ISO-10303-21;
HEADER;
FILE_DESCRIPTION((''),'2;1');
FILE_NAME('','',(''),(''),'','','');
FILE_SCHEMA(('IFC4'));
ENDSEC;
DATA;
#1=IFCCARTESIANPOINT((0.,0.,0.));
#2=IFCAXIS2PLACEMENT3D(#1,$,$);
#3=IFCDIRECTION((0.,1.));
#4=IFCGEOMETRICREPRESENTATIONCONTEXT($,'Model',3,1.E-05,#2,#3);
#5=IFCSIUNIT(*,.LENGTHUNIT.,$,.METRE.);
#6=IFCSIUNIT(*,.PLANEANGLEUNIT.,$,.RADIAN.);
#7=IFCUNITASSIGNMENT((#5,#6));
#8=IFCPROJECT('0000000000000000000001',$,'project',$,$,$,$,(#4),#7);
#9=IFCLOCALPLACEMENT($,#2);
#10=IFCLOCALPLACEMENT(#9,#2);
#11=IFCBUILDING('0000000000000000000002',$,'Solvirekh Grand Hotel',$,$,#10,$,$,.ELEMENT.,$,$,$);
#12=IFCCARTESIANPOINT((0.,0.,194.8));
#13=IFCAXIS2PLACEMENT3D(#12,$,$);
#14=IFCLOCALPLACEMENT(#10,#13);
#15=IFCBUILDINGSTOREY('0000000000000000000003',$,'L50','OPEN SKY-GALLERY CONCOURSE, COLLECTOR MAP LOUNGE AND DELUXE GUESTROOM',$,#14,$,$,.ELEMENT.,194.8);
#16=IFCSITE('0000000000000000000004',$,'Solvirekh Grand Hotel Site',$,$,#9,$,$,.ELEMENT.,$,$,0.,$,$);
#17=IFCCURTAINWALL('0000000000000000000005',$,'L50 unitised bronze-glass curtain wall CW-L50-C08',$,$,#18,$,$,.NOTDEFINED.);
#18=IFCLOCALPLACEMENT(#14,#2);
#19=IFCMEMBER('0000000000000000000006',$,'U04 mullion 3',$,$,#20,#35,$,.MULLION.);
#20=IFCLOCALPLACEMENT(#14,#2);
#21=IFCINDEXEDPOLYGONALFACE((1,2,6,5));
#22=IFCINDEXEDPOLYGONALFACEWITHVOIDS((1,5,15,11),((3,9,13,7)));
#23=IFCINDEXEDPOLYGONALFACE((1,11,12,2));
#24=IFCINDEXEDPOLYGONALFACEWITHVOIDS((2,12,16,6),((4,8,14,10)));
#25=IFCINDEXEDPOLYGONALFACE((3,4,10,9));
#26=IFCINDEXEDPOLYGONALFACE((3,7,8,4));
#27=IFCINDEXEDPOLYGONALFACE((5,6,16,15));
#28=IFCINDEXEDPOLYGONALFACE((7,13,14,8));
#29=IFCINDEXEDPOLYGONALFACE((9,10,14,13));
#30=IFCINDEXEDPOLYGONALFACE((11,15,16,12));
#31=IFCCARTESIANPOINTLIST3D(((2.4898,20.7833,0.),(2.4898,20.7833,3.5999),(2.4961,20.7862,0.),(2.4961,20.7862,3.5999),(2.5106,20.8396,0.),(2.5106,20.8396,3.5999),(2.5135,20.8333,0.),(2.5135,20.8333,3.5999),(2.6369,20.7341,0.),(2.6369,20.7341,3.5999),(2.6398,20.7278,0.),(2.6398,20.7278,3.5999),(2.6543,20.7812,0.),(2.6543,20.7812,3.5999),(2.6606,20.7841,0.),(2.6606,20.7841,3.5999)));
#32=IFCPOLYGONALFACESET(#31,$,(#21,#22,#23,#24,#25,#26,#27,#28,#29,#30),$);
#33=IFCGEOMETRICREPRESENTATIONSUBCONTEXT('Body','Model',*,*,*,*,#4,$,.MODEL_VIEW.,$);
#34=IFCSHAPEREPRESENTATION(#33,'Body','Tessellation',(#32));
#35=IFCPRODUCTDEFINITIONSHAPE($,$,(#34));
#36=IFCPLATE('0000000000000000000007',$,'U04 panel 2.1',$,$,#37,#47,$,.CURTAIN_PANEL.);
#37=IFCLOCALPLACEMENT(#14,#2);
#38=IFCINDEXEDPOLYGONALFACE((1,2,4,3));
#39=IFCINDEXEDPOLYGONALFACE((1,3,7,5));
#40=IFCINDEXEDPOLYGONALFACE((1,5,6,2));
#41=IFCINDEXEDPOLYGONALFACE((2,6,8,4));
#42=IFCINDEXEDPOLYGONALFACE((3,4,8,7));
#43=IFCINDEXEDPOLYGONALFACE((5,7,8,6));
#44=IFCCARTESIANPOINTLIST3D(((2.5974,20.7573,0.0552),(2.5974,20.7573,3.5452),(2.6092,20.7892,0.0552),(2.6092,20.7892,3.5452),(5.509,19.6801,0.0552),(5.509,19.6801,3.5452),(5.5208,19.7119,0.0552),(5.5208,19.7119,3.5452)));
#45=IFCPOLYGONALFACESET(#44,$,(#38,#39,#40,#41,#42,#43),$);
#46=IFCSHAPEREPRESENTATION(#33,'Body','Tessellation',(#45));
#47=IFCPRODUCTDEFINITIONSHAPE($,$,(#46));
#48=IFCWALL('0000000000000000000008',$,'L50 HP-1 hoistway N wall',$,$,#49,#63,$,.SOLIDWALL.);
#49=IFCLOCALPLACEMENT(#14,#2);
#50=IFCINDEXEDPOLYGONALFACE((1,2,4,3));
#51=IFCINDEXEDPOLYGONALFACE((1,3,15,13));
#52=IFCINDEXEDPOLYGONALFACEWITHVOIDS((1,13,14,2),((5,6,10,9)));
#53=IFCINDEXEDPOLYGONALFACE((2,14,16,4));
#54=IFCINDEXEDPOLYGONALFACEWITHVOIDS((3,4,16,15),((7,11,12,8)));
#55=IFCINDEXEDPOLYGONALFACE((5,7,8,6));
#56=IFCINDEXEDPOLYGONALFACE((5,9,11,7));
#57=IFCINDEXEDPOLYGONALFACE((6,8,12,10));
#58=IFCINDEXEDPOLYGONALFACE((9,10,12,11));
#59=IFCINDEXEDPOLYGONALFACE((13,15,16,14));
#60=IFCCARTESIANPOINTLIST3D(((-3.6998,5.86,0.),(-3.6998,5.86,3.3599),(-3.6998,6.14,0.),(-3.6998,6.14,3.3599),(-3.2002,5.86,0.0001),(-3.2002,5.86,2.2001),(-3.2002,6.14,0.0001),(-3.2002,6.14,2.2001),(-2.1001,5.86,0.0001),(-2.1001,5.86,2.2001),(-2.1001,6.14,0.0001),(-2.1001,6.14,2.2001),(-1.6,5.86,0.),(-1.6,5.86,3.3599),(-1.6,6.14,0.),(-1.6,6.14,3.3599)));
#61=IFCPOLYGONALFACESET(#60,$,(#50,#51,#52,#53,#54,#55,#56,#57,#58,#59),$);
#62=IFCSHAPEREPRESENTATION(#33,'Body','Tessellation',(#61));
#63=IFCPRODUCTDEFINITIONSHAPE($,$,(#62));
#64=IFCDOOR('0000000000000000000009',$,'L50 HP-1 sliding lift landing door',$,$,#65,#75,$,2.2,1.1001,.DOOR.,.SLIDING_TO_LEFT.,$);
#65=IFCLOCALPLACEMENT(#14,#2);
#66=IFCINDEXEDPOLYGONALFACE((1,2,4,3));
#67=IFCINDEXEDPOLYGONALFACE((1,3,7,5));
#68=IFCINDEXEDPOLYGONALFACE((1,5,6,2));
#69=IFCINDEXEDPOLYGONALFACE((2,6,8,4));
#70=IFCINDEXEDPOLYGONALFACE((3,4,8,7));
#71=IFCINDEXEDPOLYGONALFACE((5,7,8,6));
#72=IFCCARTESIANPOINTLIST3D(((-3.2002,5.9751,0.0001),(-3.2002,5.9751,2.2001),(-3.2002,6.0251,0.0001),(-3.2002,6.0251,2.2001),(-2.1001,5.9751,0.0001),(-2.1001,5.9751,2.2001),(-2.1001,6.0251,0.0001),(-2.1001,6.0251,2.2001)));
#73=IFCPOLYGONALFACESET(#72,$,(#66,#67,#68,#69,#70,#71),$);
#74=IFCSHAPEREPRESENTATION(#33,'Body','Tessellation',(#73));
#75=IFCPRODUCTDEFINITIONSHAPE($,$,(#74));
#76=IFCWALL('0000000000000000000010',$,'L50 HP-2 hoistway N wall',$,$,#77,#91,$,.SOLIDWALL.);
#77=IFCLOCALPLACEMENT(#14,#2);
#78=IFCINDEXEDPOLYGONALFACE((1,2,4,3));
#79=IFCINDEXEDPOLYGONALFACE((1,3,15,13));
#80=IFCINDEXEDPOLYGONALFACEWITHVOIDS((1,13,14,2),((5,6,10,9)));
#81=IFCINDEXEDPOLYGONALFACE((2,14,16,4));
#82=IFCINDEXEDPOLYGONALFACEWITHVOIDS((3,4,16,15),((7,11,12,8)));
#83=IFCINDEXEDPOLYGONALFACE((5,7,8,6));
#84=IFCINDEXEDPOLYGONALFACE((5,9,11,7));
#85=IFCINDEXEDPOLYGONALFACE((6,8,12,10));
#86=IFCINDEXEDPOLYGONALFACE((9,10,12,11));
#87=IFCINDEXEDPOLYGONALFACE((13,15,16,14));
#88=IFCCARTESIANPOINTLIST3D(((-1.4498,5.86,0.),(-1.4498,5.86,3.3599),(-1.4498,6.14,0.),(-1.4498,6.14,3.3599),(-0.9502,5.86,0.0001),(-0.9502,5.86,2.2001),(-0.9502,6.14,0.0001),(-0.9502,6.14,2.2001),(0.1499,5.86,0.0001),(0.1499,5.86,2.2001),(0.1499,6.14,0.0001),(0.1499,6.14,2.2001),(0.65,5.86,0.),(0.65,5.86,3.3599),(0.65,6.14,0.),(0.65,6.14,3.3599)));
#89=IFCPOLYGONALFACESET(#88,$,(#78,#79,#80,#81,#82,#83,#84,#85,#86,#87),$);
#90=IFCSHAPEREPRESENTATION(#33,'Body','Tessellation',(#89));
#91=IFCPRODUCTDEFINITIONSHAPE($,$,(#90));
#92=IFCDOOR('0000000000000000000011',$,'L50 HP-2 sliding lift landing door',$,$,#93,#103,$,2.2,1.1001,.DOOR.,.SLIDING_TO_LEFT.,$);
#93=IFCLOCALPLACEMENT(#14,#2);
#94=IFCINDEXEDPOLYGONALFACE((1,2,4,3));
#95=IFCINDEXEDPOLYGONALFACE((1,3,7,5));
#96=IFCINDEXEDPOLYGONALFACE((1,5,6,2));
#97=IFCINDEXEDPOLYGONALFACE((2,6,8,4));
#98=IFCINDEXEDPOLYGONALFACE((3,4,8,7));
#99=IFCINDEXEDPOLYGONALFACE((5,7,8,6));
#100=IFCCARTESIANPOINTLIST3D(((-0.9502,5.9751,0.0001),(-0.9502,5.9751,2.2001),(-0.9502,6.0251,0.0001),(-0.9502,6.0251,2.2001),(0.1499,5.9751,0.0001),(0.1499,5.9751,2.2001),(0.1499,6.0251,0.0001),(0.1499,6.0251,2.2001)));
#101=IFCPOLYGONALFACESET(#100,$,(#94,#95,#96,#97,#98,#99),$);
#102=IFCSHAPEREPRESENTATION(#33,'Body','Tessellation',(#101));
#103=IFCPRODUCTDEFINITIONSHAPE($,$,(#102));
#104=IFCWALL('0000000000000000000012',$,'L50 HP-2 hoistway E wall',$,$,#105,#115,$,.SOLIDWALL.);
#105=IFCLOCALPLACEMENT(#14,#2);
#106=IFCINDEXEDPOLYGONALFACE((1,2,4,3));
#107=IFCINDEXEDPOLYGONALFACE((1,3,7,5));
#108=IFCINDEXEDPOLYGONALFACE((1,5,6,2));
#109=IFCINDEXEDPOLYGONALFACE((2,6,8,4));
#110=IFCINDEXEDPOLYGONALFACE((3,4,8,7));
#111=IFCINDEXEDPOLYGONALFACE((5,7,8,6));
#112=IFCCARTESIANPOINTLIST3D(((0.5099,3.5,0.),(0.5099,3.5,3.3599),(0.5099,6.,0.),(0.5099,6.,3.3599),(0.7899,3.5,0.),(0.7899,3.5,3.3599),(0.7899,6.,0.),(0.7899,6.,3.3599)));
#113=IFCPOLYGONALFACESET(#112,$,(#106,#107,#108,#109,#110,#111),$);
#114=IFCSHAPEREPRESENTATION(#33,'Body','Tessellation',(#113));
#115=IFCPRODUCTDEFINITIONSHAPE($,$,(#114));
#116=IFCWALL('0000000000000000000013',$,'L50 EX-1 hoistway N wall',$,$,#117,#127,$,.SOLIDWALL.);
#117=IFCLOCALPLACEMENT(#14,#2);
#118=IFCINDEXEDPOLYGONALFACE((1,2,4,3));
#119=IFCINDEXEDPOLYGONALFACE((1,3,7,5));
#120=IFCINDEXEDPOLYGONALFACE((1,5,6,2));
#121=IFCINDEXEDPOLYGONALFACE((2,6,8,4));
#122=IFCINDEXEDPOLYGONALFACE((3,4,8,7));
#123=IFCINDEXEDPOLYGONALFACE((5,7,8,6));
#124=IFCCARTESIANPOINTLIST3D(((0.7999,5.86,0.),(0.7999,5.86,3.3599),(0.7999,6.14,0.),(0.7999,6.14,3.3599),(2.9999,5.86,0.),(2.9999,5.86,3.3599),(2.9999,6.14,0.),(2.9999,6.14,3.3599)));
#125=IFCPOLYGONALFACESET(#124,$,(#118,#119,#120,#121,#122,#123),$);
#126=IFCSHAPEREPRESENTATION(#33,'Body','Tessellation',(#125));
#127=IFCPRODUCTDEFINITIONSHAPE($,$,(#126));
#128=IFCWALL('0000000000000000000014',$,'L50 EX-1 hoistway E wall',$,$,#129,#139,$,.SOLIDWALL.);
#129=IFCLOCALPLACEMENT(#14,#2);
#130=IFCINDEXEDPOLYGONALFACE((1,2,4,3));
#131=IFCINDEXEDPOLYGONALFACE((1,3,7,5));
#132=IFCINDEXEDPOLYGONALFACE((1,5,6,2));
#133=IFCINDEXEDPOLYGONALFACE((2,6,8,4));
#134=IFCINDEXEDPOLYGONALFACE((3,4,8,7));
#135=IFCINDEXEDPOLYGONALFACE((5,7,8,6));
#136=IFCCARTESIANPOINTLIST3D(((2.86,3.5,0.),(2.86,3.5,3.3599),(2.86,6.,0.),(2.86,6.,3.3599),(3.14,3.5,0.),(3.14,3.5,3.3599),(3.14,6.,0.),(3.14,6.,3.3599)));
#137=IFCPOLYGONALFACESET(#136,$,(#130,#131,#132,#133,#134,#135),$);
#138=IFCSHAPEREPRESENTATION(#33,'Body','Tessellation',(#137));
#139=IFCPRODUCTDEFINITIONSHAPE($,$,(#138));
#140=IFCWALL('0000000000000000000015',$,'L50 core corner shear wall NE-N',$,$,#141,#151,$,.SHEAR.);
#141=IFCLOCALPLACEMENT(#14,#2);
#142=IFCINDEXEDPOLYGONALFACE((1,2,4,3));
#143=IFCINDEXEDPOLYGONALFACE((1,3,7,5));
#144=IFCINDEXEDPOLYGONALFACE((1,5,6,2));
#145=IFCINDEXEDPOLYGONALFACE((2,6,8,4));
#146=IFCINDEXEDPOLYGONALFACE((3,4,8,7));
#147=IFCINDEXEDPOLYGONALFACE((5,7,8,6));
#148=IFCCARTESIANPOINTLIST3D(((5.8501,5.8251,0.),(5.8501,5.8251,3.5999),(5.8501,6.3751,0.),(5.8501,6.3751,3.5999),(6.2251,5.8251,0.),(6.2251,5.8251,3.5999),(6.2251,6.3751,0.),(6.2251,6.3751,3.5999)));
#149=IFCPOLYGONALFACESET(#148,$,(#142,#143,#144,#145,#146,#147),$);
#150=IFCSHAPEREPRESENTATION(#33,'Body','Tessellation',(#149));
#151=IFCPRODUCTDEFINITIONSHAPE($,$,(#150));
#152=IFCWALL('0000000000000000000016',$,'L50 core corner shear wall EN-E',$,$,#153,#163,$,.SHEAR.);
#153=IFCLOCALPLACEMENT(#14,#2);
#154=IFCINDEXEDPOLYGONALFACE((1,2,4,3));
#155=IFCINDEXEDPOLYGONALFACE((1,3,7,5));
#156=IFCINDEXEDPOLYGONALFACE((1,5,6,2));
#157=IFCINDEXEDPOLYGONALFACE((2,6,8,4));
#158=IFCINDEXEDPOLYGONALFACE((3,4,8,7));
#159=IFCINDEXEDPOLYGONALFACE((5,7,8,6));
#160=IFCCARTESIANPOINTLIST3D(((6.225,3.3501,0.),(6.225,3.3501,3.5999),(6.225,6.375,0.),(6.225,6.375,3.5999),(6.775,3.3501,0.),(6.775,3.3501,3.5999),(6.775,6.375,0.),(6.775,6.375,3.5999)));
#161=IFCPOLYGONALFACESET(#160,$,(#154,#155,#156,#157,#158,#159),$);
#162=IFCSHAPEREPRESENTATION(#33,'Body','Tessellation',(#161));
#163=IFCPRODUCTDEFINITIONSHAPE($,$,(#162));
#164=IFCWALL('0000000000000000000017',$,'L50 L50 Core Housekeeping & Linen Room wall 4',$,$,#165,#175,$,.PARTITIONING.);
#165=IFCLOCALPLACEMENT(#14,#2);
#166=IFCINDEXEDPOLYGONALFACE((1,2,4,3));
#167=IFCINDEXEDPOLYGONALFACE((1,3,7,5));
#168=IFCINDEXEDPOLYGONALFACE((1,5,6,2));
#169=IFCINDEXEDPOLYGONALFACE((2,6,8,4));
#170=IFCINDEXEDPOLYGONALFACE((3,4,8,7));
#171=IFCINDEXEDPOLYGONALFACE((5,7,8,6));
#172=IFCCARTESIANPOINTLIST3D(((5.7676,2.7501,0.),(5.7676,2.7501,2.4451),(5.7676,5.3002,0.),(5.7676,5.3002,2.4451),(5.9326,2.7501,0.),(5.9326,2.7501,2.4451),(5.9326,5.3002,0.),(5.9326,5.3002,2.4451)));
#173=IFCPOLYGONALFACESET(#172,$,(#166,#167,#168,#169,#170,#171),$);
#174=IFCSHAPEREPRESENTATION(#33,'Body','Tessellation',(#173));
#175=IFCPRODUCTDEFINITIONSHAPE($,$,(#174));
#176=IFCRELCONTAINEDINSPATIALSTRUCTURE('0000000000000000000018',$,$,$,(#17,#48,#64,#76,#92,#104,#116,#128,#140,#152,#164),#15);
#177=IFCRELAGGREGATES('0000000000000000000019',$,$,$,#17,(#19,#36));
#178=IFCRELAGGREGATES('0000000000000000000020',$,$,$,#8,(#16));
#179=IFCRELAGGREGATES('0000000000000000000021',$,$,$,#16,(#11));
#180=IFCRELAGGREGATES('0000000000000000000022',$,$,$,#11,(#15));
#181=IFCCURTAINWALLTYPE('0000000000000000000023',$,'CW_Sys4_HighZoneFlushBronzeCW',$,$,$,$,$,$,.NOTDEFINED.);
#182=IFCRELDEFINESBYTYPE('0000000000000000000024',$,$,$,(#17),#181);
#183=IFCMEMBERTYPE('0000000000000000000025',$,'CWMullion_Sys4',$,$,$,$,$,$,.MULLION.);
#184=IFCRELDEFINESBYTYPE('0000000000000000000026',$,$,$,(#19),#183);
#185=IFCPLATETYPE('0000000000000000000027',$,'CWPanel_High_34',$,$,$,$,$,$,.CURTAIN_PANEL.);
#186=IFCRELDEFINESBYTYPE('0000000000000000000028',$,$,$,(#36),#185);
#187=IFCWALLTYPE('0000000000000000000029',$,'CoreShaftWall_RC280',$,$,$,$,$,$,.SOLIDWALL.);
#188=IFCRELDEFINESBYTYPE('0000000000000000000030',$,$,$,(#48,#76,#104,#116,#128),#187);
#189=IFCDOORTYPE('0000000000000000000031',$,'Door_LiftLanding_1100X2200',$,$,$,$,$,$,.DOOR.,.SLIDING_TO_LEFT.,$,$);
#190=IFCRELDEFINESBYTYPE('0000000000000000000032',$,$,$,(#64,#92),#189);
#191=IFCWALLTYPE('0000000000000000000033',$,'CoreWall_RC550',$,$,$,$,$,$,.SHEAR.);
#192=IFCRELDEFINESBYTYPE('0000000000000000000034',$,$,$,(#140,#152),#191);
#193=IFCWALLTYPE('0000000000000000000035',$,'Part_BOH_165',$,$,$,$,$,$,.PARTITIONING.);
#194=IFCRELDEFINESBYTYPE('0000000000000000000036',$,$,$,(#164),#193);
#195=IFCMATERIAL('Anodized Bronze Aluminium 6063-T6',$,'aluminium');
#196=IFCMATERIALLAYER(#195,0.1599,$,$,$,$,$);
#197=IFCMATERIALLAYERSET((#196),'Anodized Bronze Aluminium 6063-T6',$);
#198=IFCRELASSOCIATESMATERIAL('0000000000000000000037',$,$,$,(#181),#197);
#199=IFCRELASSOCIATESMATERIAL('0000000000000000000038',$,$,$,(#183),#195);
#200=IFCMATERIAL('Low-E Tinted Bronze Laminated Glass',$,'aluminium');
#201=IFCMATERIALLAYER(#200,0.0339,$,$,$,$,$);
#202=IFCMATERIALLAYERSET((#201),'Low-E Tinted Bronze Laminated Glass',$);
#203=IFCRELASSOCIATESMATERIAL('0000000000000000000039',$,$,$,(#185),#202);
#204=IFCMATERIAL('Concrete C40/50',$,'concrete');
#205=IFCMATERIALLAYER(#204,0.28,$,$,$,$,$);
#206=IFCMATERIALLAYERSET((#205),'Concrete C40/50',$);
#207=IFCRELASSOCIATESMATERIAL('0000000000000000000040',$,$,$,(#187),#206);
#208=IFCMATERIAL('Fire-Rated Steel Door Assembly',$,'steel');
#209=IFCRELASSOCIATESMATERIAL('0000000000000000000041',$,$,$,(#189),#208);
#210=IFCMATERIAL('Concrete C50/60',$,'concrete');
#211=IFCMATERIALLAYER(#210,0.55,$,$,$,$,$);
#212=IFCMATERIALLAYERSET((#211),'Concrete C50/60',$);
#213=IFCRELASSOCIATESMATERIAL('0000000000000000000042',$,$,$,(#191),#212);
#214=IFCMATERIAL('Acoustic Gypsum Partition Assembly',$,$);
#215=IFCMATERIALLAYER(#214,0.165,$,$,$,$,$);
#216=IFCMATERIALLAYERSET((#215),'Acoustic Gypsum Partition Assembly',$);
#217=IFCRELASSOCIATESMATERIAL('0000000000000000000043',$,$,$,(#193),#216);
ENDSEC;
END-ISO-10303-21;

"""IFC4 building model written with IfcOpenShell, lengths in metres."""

from ifc_helpers import new_model, si_unit, direction, frame, frame_2d, origin, origin_2d, place, context, subcontext, project, spatial, rectangle, hollow_rectangle, extrude, source, transform, mapped, material, layer, layer_set, material_profile, profile_set, type_object, element, fill, aggregate, save


model = new_model("IFC4")

# Units and contexts
model_context = context("Model", 3, precision=1e-05, world=origin(), true_north=direction((0.0, 1.0)))
body_context = subcontext(model_context, "Body", "Model", "MODEL_VIEW")
ifc_project = project(units=[si_unit("LENGTHUNIT", "METRE"), si_unit("PLANEANGLEUNIT", "RADIAN")], contexts=[model_context])

# Site, building, storey
site_placement = place(None, origin())
site = spatial("IfcSite", under=ifc_project, at=site_placement, Name="Solvirekh Grand Hotel Site", CompositionType="ELEMENT", RefElevation=0.0)
building_placement = place(site_placement, origin())
building = spatial("IfcBuilding", under=site, at=building_placement, Name="Solvirekh Grand Hotel", CompositionType="ELEMENT")
storey_placement = place(building_placement, frame((0.0, 0.0, 194.8)))
storey = spatial("IfcBuildingStorey", under=building, at=storey_placement, Name="L50", Description="OPEN SKY-GALLERY CONCOURSE, COLLECTOR MAP LOUNGE AND DELUXE GUESTROOM", CompositionType="ELEMENT", Elevation=194.8)

# Shared definitions
ifc_material_1 = material(Name="Concrete C50/60", Category="concrete")

# Curtain wall, member, plate
ifc_material_2 = material(Name="Anodized Bronze Aluminium 6063-T6", Category="aluminium")
ifc_layer_1 = layer(ifc_material_2, 0.1599)
ifc_layer_set_1 = layer_set([ifc_layer_1], Name="Anodized Bronze Aluminium 6063-T6")
curtain_wall_type = type_object("IfcCurtainWallType", Name="CW_Sys4_HighZoneFlushBronzeCW", PredefinedType="NOTDEFINED", material=ifc_layer_set_1)
curtain_wall_placement = place(storey_placement, origin())
curtain_wall = element("IfcCurtainWall", 1, at=curtain_wall_placement, inside=storey, type_object=curtain_wall_type, Name="L50 unitised bronze-glass curtain wall CW-L50-C08", PredefinedType="NOTDEFINED")
ifc_material_profile_1 = material_profile(ifc_material_2, hollow_rectangle(XDim=0.0601, YDim=0.1599, WallThickness=0.0049, at=origin_2d()), Name="ALU RHS 160X60X5")
ifc_profile_set_1 = profile_set([ifc_material_profile_1], Name="Anodized Bronze Aluminium 6063-T6")
member_type_1 = type_object("IfcMemberType", Name="CWMullion_Sys4", PredefinedType="MULLION", material=ifc_profile_set_1)
shared_shape_1 = source(origin(), body_context, "Body", "SweptSolid", [
    extrude(hollow_rectangle(XDim=0.0601, YDim=0.1599, WallThickness=0.0049, at=origin_2d()), origin(), (0.0, 0.0, 1.0), 3.5999),
])
member_1_placement = place(storey_placement, frame((2.5752, 20.7837, 0.0), z_axis=(0.0, 0.0, 1.0), x_axis=(-0.347003, -0.937864, 0.0)))
member_1 = element("IfcMember", 2, at=member_1_placement, type_object=member_type_1, Name="U04 mullion 3", PredefinedType="MULLION", context=body_context, shape_type="MappedRepresentation", body=[
    mapped(shared_shape_1, transform((0.0, 0.0, 0.0), x_axis=(1.0, 0.0, 0.0), y_axis=(0.0, 1.0, 0.0), z_axis=(0.0, 0.0, 1.0), scale=1.0)),
])
ifc_material_3 = material(Name="Low-E Tinted Bronze Laminated Glass", Category="aluminium")
ifc_layer_2 = layer(ifc_material_3, 0.0339)
ifc_layer_set_2 = layer_set([ifc_layer_2], Name="Low-E Tinted Bronze Laminated Glass")
plate_type = type_object("IfcPlateType", Name="CWPanel_High_34", PredefinedType="CURTAIN_PANEL", material=ifc_layer_set_2)
shared_shape_2 = source(origin(), body_context, "Body", "SweptSolid", [
    extrude(rectangle(XDim=3.1045, YDim=0.0339, at=origin_2d()), origin(), (0.0, 0.0, 1.0), 3.49),
])
plate_placement = place(storey_placement, frame((4.0591, 20.2346, 0.0552), z_axis=(0.0, 0.0, 1.0), x_axis=(-0.937864, 0.347003, 0.0)))
plate = element("IfcPlate", 3, at=plate_placement, type_object=plate_type, Name="U04 panel 2.1", PredefinedType="CURTAIN_PANEL", context=body_context, shape_type="MappedRepresentation", body=[
    mapped(shared_shape_2, transform((0.0, 0.0, 0.0), x_axis=(1.0, 0.0, 0.0), y_axis=(0.0, 1.0, 0.0), z_axis=(0.0, 0.0, 1.0), scale=1.0)),
])
aggregate(curtain_wall, [member_1, plate])

# Walls, openings, doors
ifc_material_4 = material(Name="Concrete C40/50", Category="concrete")
ifc_layer_3 = layer(ifc_material_4, 0.28)
ifc_layer_set_3 = layer_set([ifc_layer_3], Name="Concrete C40/50")
wall_type_1 = type_object("IfcWallType", Name="CoreShaftWall_RC280", PredefinedType="SOLIDWALL", material=ifc_layer_set_3)
wall_1_placement = place(storey_placement, frame((-1.6001, 6.0, 0.0), z_axis=(0.0, 0.0, 1.0), x_axis=(-1.0, 0.0, 0.0)))
wall_1 = element("IfcWall", 4, at=wall_1_placement, inside=storey, type_object=wall_type_1, Name="L50 HP-1 hoistway N wall", PredefinedType="SOLIDWALL", context=body_context, shape_type="SweptSolid", body=[
    extrude(rectangle(XDim=2.0999, YDim=0.28, at=frame_2d((1.0498, 0.0))), origin(), (0.0, 0.0, 1.0), 3.3599),
])
opening_1_placement = place(wall_1_placement, frame((0.5, 0.0, 0.0)))
opening_1 = element("IfcOpeningElement", 5, at=opening_1_placement, cuts=wall_1, PredefinedType="OPENING", context=body_context, shape_type="SweptSolid", body=[
    extrude(rectangle(XDim=1.1001, YDim=2.2, at=frame_2d((0.55, 1.1001))), frame((0.0, 0.1499, 0.0), z_axis=(0.0, -1.0, 0.0), x_axis=(1.0, 0.0, 0.0)), (0.0, 0.0, 1.0), 0.3),
])
ifc_material_5 = material(Name="Fire-Rated Steel Door Assembly", Category="steel")
door_type_1 = type_object("IfcDoorType", Name="Door_LiftLanding_1100X2200", OperationType="SLIDING_TO_LEFT", PredefinedType="DOOR", material=ifc_material_5)
door_1_placement = place(opening_1_placement, origin())
door_1 = element("IfcDoor", 6, at=door_1_placement, inside=storey, type_object=door_type_1, Name="L50 HP-1 sliding lift landing door", OperationType="SLIDING_TO_LEFT", OverallHeight=2.2, OverallWidth=1.1001, PredefinedType="DOOR", context=body_context, shape_type="SweptSolid", body=[
    extrude(rectangle(XDim=1.1001, YDim=2.2, at=frame_2d((0.55, 1.1001))), frame((0.0, 0.0249, 0.0), z_axis=(0.0, -1.0, 0.0), x_axis=(1.0, 0.0, 0.0)), (0.0, 0.0, 1.0), 0.05),
])
fill(opening_1, door_1)
wall_2_placement = place(storey_placement, frame((0.6499, 6.0, 0.0), z_axis=(0.0, 0.0, 1.0), x_axis=(-1.0, 0.0, 0.0)))
wall_2 = element("IfcWall", 7, at=wall_2_placement, inside=storey, type_object=wall_type_1, Name="L50 HP-2 hoistway N wall", PredefinedType="SOLIDWALL", context=body_context, shape_type="SweptSolid", body=[
    extrude(rectangle(XDim=2.0999, YDim=0.28, at=frame_2d((1.0498, 0.0))), origin(), (0.0, 0.0, 1.0), 3.3599),
])
opening_2_placement = place(wall_2_placement, frame((0.5, 0.0, 0.0)))
opening_2 = element("IfcOpeningElement", 8, at=opening_2_placement, cuts=wall_2, PredefinedType="OPENING", context=body_context, shape_type="SweptSolid", body=[
    extrude(rectangle(XDim=1.1001, YDim=2.2, at=frame_2d((0.55, 1.1001))), frame((0.0, 0.1499, 0.0), z_axis=(0.0, -1.0, 0.0), x_axis=(1.0, 0.0, 0.0)), (0.0, 0.0, 1.0), 0.3),
])
door_2_placement = place(opening_2_placement, origin())
door_2 = element("IfcDoor", 9, at=door_2_placement, inside=storey, type_object=door_type_1, Name="L50 HP-2 sliding lift landing door", OperationType="SLIDING_TO_LEFT", OverallHeight=2.2, OverallWidth=1.1001, PredefinedType="DOOR", context=body_context, shape_type="SweptSolid", body=[
    extrude(rectangle(XDim=1.1001, YDim=2.2, at=frame_2d((0.55, 1.1001))), frame((0.0, 0.0249, 0.0), z_axis=(0.0, -1.0, 0.0), x_axis=(1.0, 0.0, 0.0)), (0.0, 0.0, 1.0), 0.05),
])
fill(opening_2, door_2)

# Walls
wall_3_placement = place(storey_placement, frame((0.6499, 3.5, 0.0), z_axis=(0.0, 0.0, 1.0), x_axis=(0.0, 1.0, 0.0)))
element("IfcWall", 10, at=wall_3_placement, inside=storey, type_object=wall_type_1, Name="L50 HP-2 hoistway E wall", PredefinedType="SOLIDWALL", context=body_context, shape_type="SweptSolid", body=[
    extrude(rectangle(XDim=2.5, YDim=0.28, at=frame_2d((1.25, 0.0))), origin(), (0.0, 0.0, 1.0), 3.3599),
])
wall_4_placement = place(storey_placement, frame((3.0, 6.0, 0.0), z_axis=(0.0, 0.0, 1.0), x_axis=(-1.0, 0.0, 0.0)))
element("IfcWall", 11, at=wall_4_placement, inside=storey, type_object=wall_type_1, Name="L50 EX-1 hoistway N wall", PredefinedType="SOLIDWALL", context=body_context, shape_type="SweptSolid", body=[
    extrude(rectangle(XDim=2.2, YDim=0.28, at=frame_2d((1.1001, 0.0))), origin(), (0.0, 0.0, 1.0), 3.3599),
])
wall_5_placement = place(storey_placement, frame((3.0, 3.5, 0.0), z_axis=(0.0, 0.0, 1.0), x_axis=(0.0, 1.0, 0.0)))
element("IfcWall", 12, at=wall_5_placement, inside=storey, type_object=wall_type_1, Name="L50 EX-1 hoistway E wall", PredefinedType="SOLIDWALL", context=body_context, shape_type="SweptSolid", body=[
    extrude(rectangle(XDim=2.5, YDim=0.28, at=frame_2d((1.25, 0.0))), origin(), (0.0, 0.0, 1.0), 3.3599),
])
ifc_layer_4 = layer(ifc_material_1, 0.55)
ifc_layer_set_4 = layer_set([ifc_layer_4], Name="Concrete C50/60")
wall_type_2 = type_object("IfcWallType", Name="CoreWall_RC550", PredefinedType="SHEAR", material=ifc_layer_set_4)
wall_6_placement = place(storey_placement, frame((5.8501, 6.1001, 0.0), z_axis=(0.0, 0.0, 1.0), x_axis=(1.0, 0.0, 0.0)))
element("IfcWall", 13, at=wall_6_placement, inside=storey, type_object=wall_type_2, Name="L50 core corner shear wall NE-N", PredefinedType="SHEAR", context=body_context, shape_type="SweptSolid", body=[
    extrude(rectangle(XDim=0.375, YDim=0.55, at=frame_2d((0.1875, 0.0))), origin(), (0.0, 0.0, 1.0), 3.5999),
])
wall_7_placement = place(storey_placement, frame((6.5, 3.3501, 0.0), z_axis=(0.0, 0.0, 1.0), x_axis=(0.0, 1.0, 0.0)))
element("IfcWall", 14, at=wall_7_placement, inside=storey, type_object=wall_type_2, Name="L50 core corner shear wall EN-E", PredefinedType="SHEAR", context=body_context, shape_type="SweptSolid", body=[
    extrude(rectangle(XDim=3.0249, YDim=0.55, at=frame_2d((1.5125, 0.0))), origin(), (0.0, 0.0, 1.0), 3.5999),
])
ifc_material_6 = material(Name="Acoustic Gypsum Partition Assembly")
ifc_layer_5 = layer(ifc_material_6, 0.165)
ifc_layer_set_5 = layer_set([ifc_layer_5], Name="Acoustic Gypsum Partition Assembly")
wall_type_3 = type_object("IfcWallType", Name="Part_BOH_165", PredefinedType="PARTITIONING", material=ifc_layer_set_5)
wall_8_placement = place(storey_placement, frame((5.8501, 5.3, 0.0), z_axis=(0.0, 0.0, 1.0), x_axis=(0.0, -1.0, 0.0)))
element("IfcWall", 15, at=wall_8_placement, inside=storey, type_object=wall_type_3, Name="L50 L50 Core Housekeeping & Linen Room wall 4", PredefinedType="PARTITIONING", context=body_context, shape_type="SweptSolid", body=[
    extrude(rectangle(XDim=2.55, YDim=0.165, at=frame_2d((1.2749, 0.0))), origin(), (0.0, 0.0, 1.0), 2.4451),
])

save(model, "model.ifc")
